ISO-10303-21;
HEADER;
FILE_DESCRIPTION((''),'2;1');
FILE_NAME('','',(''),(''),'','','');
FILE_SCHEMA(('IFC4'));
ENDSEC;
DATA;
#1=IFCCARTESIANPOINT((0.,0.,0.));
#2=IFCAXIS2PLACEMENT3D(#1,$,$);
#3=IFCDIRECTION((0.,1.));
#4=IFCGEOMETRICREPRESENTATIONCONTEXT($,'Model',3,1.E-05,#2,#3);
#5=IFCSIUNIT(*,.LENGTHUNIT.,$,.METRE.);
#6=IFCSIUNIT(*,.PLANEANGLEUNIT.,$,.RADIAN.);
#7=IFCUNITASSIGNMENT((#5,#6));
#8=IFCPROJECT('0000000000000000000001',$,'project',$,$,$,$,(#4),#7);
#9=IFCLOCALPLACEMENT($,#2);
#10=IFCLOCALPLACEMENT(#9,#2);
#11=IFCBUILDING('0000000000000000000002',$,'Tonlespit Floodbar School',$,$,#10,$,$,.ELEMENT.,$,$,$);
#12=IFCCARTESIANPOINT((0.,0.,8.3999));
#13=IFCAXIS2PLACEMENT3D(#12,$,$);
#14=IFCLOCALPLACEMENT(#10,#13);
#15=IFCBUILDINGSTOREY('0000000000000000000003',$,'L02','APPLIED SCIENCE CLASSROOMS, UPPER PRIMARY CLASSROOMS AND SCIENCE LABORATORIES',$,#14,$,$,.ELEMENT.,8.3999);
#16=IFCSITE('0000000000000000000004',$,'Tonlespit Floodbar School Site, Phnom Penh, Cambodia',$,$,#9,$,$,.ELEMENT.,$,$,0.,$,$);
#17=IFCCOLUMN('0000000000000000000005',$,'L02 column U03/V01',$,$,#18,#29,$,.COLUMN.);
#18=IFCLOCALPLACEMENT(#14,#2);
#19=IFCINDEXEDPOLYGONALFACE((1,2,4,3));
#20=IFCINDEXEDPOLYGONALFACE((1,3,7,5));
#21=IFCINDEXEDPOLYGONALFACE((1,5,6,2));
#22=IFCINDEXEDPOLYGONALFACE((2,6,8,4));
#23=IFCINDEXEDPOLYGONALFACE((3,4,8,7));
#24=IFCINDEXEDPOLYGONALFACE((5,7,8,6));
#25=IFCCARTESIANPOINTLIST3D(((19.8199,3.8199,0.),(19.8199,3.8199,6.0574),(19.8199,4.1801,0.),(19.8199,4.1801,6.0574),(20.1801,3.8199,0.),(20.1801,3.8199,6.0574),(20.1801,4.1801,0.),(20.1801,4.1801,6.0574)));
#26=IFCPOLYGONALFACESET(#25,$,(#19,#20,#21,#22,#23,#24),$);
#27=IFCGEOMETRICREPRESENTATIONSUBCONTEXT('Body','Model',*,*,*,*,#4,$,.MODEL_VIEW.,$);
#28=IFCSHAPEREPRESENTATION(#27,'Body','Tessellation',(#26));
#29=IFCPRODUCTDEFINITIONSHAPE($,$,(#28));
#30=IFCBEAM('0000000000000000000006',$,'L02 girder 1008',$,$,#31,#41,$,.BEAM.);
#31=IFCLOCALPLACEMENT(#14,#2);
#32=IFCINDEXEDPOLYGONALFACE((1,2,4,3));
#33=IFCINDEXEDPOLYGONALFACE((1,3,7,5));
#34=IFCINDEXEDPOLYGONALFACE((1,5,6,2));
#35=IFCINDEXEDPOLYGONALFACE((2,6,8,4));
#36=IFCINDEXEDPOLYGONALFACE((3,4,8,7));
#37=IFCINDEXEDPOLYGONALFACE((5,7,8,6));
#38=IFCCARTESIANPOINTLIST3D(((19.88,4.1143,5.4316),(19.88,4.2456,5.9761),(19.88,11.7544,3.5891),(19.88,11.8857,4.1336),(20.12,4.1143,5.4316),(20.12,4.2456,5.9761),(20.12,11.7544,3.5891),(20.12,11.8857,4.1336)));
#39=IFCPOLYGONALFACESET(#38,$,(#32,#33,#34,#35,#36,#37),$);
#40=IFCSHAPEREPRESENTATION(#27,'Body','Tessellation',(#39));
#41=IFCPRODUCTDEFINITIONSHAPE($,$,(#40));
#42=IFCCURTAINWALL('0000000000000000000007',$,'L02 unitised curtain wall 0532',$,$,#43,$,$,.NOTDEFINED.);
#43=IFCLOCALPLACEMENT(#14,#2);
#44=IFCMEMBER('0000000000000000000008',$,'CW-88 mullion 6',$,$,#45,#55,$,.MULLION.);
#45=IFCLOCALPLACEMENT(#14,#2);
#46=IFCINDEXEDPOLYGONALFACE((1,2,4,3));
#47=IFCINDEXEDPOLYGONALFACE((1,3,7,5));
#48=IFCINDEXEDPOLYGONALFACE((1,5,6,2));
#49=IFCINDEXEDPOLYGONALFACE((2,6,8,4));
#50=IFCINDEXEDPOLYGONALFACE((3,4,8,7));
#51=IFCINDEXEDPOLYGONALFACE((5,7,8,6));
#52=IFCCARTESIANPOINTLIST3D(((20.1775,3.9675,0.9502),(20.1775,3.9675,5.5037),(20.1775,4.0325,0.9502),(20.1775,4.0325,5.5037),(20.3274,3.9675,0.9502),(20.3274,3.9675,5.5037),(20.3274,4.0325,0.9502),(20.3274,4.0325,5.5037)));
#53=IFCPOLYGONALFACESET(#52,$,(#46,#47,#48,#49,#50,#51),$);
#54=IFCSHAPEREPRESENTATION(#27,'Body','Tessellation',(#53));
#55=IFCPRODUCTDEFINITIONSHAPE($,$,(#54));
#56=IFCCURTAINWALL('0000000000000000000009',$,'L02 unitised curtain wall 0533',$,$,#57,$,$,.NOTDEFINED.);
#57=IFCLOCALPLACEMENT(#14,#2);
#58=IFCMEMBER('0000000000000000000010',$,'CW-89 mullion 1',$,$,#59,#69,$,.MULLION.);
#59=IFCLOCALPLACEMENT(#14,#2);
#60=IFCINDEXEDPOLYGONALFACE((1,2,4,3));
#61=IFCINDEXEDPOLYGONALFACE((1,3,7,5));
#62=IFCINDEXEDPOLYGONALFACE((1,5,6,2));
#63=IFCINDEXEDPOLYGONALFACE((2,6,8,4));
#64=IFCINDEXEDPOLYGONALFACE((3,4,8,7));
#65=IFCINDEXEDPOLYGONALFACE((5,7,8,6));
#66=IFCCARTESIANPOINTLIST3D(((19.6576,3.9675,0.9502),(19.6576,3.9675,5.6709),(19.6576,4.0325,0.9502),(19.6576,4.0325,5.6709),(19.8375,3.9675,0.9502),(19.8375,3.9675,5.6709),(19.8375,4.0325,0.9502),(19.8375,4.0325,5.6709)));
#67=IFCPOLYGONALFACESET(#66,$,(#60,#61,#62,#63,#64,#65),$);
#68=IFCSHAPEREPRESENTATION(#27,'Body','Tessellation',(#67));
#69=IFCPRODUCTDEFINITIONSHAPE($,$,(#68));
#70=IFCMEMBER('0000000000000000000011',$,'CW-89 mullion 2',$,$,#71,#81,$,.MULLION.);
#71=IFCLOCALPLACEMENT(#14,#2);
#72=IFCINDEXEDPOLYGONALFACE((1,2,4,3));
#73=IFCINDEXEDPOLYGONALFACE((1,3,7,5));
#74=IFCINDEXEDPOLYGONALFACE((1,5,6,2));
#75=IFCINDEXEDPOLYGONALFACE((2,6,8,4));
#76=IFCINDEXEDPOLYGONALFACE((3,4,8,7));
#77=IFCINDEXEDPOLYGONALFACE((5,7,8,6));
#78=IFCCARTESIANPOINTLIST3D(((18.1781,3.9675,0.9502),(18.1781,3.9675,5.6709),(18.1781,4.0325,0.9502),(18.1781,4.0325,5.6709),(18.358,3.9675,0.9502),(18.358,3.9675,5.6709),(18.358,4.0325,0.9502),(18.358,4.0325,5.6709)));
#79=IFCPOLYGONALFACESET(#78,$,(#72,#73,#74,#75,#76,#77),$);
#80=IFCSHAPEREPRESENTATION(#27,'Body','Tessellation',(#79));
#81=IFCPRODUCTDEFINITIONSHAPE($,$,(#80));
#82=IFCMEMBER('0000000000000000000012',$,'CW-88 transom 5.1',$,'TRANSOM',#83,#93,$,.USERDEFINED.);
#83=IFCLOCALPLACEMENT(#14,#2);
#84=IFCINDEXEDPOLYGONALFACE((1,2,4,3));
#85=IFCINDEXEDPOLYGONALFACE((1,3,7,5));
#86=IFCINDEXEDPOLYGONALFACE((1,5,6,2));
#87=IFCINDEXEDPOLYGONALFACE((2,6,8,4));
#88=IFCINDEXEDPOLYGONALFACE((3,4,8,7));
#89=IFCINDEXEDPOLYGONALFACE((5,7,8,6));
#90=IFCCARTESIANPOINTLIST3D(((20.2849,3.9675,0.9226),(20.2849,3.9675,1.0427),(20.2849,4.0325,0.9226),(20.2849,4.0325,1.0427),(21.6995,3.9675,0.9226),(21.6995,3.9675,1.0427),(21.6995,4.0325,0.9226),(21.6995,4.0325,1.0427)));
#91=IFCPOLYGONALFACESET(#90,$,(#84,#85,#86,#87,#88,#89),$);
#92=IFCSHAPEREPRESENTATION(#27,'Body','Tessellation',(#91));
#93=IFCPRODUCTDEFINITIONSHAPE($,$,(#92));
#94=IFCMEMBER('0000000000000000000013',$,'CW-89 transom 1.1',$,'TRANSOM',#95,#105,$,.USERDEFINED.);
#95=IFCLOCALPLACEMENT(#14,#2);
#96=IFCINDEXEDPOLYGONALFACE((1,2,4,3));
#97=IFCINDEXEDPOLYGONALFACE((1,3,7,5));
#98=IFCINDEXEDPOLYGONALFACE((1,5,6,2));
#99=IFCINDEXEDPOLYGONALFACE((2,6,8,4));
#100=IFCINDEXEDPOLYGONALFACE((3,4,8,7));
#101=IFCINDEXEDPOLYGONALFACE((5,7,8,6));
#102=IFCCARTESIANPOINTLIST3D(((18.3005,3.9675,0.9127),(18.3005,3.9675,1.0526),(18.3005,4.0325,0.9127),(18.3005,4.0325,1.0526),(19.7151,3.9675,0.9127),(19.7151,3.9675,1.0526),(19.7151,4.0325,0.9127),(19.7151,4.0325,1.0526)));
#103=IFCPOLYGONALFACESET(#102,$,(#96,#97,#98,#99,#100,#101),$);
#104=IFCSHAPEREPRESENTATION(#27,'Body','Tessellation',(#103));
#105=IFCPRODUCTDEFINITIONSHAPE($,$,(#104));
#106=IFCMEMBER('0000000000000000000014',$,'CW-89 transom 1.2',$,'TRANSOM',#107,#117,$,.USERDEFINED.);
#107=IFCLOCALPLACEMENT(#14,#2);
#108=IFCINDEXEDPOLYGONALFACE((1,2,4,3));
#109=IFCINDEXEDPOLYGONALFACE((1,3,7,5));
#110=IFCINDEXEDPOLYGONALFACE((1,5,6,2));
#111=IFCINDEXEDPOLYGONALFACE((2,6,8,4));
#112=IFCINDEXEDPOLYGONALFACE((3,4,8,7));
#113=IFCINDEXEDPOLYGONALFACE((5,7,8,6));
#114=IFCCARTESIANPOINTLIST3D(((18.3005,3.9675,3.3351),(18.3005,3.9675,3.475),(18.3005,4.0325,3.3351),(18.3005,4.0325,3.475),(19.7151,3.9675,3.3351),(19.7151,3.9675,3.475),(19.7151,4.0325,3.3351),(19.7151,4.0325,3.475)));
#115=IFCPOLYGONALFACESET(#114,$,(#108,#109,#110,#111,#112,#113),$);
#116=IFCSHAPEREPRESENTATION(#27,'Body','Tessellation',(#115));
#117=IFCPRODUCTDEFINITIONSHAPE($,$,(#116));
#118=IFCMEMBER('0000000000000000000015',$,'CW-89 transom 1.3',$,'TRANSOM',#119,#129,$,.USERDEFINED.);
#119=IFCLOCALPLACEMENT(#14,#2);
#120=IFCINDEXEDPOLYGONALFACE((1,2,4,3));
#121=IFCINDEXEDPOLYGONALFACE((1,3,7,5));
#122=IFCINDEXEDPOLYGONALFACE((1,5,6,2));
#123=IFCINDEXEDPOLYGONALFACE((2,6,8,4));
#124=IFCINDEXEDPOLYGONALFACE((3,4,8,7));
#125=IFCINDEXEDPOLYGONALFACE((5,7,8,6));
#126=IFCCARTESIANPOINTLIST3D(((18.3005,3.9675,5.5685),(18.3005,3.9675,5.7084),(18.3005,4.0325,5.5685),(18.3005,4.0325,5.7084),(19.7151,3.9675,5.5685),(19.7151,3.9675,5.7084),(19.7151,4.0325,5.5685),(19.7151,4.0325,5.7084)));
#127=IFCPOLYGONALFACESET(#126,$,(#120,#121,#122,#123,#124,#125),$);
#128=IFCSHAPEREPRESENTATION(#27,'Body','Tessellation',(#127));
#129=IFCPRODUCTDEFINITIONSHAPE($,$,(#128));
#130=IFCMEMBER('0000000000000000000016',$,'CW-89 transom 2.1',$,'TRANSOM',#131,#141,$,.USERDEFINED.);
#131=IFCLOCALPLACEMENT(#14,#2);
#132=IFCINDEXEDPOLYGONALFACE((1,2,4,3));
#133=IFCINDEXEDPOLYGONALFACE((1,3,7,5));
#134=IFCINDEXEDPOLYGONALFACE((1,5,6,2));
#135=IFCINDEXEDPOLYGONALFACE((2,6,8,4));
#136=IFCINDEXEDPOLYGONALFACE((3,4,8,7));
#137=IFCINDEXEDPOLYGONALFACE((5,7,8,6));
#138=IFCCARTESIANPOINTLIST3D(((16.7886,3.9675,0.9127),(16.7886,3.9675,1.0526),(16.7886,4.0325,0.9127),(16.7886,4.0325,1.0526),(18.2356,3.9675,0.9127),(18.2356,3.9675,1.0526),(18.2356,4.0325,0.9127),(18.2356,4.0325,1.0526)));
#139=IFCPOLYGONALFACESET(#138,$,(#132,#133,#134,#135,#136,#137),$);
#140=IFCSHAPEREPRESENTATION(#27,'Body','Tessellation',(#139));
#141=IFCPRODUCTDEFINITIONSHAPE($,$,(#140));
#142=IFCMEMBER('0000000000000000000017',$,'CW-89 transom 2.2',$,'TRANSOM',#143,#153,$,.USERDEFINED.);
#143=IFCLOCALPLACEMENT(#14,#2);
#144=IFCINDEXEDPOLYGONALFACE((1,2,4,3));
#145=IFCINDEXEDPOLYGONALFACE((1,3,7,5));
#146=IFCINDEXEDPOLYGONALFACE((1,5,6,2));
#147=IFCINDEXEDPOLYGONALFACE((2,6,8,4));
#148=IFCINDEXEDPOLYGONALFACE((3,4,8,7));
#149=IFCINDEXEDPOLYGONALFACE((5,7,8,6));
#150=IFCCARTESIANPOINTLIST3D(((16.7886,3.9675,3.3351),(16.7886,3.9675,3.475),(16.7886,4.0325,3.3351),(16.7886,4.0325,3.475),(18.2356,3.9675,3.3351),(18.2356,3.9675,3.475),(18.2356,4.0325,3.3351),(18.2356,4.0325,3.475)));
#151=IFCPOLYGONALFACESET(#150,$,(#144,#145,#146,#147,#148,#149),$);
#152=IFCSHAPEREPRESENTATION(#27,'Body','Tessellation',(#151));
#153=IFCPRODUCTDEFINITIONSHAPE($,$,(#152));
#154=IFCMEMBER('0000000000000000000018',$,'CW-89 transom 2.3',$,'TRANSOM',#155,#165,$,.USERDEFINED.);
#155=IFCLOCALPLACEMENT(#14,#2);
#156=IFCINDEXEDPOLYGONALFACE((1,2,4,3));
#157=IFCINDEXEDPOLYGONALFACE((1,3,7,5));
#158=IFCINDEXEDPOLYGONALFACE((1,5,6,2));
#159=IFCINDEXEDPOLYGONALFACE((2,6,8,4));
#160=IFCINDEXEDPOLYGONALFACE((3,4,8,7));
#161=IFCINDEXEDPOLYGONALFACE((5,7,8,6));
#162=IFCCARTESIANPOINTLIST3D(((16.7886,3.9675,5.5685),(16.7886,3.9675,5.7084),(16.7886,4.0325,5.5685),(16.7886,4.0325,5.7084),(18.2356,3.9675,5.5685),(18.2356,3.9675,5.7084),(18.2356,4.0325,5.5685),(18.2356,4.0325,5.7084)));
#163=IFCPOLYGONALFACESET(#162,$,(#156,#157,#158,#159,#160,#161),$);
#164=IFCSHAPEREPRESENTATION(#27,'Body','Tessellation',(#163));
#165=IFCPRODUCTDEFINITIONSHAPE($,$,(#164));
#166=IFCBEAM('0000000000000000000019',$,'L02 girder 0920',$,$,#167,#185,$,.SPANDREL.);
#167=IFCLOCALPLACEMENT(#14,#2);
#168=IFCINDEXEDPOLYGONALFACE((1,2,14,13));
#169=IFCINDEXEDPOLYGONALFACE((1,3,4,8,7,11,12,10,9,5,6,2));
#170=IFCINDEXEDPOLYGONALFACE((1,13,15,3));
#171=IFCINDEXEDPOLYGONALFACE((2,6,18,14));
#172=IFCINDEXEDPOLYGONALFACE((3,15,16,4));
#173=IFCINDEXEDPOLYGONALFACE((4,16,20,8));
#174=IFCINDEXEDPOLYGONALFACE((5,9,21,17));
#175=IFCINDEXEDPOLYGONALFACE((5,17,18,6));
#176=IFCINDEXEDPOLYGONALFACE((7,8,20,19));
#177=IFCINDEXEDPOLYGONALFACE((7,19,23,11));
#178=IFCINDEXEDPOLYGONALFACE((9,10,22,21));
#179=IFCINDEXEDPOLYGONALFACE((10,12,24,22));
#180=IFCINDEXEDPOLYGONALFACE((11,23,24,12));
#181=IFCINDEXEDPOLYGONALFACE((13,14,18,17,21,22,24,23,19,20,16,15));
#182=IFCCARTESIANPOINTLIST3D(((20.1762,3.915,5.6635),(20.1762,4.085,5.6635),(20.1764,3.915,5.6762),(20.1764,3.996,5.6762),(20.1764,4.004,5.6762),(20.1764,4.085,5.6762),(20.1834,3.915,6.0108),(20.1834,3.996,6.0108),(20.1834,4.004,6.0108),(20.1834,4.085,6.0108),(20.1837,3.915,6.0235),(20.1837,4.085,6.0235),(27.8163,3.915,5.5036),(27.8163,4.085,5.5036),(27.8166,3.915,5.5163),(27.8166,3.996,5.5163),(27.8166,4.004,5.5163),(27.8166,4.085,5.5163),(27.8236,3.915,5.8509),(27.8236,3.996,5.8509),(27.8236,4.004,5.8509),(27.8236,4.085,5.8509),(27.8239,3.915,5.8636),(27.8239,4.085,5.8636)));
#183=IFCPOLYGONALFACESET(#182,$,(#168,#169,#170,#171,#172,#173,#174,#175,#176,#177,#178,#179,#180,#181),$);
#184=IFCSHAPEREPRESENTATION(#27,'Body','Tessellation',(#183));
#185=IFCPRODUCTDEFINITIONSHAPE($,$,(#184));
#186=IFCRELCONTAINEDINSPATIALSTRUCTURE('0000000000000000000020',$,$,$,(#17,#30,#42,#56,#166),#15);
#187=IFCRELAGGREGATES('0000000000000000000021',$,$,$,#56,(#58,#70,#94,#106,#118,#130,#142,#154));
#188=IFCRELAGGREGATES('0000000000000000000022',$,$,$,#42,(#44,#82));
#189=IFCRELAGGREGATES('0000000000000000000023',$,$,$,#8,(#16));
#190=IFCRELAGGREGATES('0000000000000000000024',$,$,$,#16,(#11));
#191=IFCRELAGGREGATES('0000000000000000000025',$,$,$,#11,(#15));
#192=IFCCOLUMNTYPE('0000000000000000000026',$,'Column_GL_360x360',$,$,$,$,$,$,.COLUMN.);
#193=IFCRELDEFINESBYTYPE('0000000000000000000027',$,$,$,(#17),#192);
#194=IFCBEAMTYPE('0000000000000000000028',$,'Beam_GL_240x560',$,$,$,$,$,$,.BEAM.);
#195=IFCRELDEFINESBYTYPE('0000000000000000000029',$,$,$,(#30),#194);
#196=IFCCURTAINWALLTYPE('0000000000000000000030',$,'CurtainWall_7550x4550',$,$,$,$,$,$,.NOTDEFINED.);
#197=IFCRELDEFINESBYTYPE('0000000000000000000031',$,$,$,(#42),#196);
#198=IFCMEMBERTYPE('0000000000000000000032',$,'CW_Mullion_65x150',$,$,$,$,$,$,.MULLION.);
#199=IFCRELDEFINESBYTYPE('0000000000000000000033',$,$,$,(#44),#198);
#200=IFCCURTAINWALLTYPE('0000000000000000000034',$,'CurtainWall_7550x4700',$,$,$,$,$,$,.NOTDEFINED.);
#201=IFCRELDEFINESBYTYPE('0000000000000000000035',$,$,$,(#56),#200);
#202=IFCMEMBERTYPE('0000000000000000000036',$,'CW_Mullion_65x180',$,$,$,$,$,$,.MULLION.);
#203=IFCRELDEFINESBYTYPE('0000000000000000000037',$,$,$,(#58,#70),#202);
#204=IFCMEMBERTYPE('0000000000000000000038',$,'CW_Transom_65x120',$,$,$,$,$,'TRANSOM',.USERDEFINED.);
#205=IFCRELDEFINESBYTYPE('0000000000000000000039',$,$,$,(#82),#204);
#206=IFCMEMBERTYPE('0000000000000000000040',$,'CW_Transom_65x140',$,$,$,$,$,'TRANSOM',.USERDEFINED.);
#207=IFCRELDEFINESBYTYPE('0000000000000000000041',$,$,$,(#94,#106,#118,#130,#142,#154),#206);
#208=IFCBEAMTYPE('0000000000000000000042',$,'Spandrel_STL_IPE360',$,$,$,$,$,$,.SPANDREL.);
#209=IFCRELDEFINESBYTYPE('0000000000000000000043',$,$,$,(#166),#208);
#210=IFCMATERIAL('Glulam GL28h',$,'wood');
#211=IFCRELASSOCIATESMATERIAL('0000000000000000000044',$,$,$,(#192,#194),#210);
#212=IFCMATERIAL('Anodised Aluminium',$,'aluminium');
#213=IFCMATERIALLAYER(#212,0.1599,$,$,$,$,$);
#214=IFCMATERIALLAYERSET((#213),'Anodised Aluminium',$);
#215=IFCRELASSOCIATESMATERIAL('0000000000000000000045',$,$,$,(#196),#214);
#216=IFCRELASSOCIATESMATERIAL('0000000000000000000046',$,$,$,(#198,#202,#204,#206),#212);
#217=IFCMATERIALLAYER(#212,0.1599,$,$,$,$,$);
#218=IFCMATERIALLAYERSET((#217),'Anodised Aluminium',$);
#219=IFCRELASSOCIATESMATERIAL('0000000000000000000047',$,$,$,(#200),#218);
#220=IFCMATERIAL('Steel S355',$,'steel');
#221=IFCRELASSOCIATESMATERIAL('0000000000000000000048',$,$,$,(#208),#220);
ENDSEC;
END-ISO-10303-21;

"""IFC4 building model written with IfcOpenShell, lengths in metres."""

from ifc_helpers import new_model, si_unit, direction, frame, origin, origin_2d, place, context, subcontext, project, spatial, rectangle, i_section, extrude, material, layer, layer_set, material_profile, profile_set, type_object, element, aggregate, save


model = new_model("IFC4")

# Units and contexts
model_context = context("Model", 3, precision=1e-05, world=origin(), true_north=direction((0.0, 1.0)))
body_context = subcontext(model_context, "Body", "Model", "MODEL_VIEW")
ifc_project = project(units=[si_unit("LENGTHUNIT", "METRE"), si_unit("PLANEANGLEUNIT", "RADIAN")], contexts=[model_context])

# Site, building, storey
site_placement = place(None, origin())
site = spatial("IfcSite", under=ifc_project, at=site_placement, Name="Tonlespit Floodbar School Site, Phnom Penh, Cambodia", CompositionType="ELEMENT", RefElevation=0.0)
building_placement = place(site_placement, origin())
building = spatial("IfcBuilding", under=site, at=building_placement, Name="Tonlespit Floodbar School", CompositionType="ELEMENT")
storey_placement = place(building_placement, frame((0.0, 0.0, 8.3999)))
storey = spatial("IfcBuildingStorey", under=building, at=storey_placement, Name="L02", Description="APPLIED SCIENCE CLASSROOMS, UPPER PRIMARY CLASSROOMS AND SCIENCE LABORATORIES", CompositionType="ELEMENT", Elevation=8.3999)

# Column
ifc_material_1 = material(Name="Glulam GL28h", Category="wood")
ifc_material_profile_1 = material_profile(ifc_material_1, rectangle(XDim=0.3601, YDim=0.3601, at=origin_2d()), Name="GL 360x360")
ifc_profile_set_1 = profile_set([ifc_material_profile_1], Name="Glulam GL28h")
column_type = type_object("IfcColumnType", Name="Column_GL_360x360", PredefinedType="COLUMN", material=ifc_profile_set_1)
column_placement = place(storey_placement, frame((20.0, 4.0, 0.0), z_axis=(0.0, 0.0, 1.0), x_axis=(1.0, 0.0, 0.0)))
element("IfcColumn", 1, at=column_placement, inside=storey, type_object=column_type, Name="L02 column U03/V01", PredefinedType="COLUMN", context=body_context, shape_type="SweptSolid", body=[
    extrude(rectangle(XDim=0.3601, YDim=0.3601, at=origin_2d()), origin(), (0.0, 0.0, 1.0), 6.0574),
])

# Beam
ifc_material_profile_2 = material_profile(ifc_material_1, rectangle(XDim=0.24, YDim=0.5601, at=origin_2d()), Name="GL 240x560")
ifc_profile_set_2 = profile_set([ifc_material_profile_2], Name="Glulam GL28h")
beam_type_1 = type_object("IfcBeamType", Name="Beam_GL_240x560", PredefinedType="BEAM", material=ifc_profile_set_2)
beam_1_placement = place(storey_placement, frame((20.0, 4.1799, 5.7039), z_axis=(0.0, 0.97213, -0.234443), x_axis=(-1.0, 0.0, 0.0)))
element("IfcBeam", 2, at=beam_1_placement, inside=storey, type_object=beam_type_1, Name="L02 girder 1008", PredefinedType="BEAM", context=body_context, shape_type="SweptSolid", body=[
    extrude(rectangle(XDim=0.24, YDim=0.5601, at=origin_2d()), origin(), (0.0, 0.0, 1.0), 7.8591),
])

# Curtain wall, member
ifc_material_2 = material(Name="Anodised Aluminium", Category="aluminium")
ifc_layer_1 = layer(ifc_material_2, 0.1599)
ifc_layer_set_1 = layer_set([ifc_layer_1], Name="Anodised Aluminium")
curtain_wall_type_1 = type_object("IfcCurtainWallType", Name="CurtainWall_7550x4550", PredefinedType="NOTDEFINED", material=ifc_layer_set_1)
curtain_wall_1_placement = place(storey_placement, origin())
curtain_wall_1 = element("IfcCurtainWall", 3, at=curtain_wall_1_placement, inside=storey, type_object=curtain_wall_type_1, Name="L02 unitised curtain wall 0532", PredefinedType="NOTDEFINED")
ifc_material_profile_3 = material_profile(ifc_material_2, rectangle(XDim=0.0649, YDim=0.1499, at=origin_2d()), Name="ALU M65x150")
ifc_profile_set_3 = profile_set([ifc_material_profile_3], Name="Anodised Aluminium")
member_type_1 = type_object("IfcMemberType", Name="CW_Mullion_65x150", PredefinedType="MULLION", material=ifc_profile_set_3)
member_1_placement = place(storey_placement, frame((20.2524, 4.0, 0.9502), z_axis=(0.0, 0.0, 1.0), x_axis=(0.0, -1.0, 0.0)))
member_1 = element("IfcMember", 4, at=member_1_placement, type_object=member_type_1, Name="CW-88 mullion 6", PredefinedType="MULLION", context=body_context, shape_type="SweptSolid", body=[
    extrude(rectangle(XDim=0.0649, YDim=0.1499, at=origin_2d()), origin(), (0.0, 0.0, 1.0), 4.5535),
])

# Curtain wall, members
ifc_layer_2 = layer(ifc_material_2, 0.1599)
ifc_layer_set_2 = layer_set([ifc_layer_2], Name="Anodised Aluminium")
curtain_wall_type_2 = type_object("IfcCurtainWallType", Name="CurtainWall_7550x4700", PredefinedType="NOTDEFINED", material=ifc_layer_set_2)
curtain_wall_2_placement = place(storey_placement, origin())
curtain_wall_2 = element("IfcCurtainWall", 5, at=curtain_wall_2_placement, inside=storey, type_object=curtain_wall_type_2, Name="L02 unitised curtain wall 0533", PredefinedType="NOTDEFINED")
ifc_material_profile_4 = material_profile(ifc_material_2, rectangle(XDim=0.0649, YDim=0.1799, at=origin_2d()), Name="ALU M65x180")
ifc_profile_set_4 = profile_set([ifc_material_profile_4], Name="Anodised Aluminium")
member_type_2 = type_object("IfcMemberType", Name="CW_Mullion_65x180", PredefinedType="MULLION", material=ifc_profile_set_4)
member_2_placement = place(storey_placement, frame((19.7476, 4.0, 0.9502), z_axis=(0.0, 0.0, 1.0), x_axis=(0.0, -1.0, 0.0)))
member_2 = element("IfcMember", 6, at=member_2_placement, type_object=member_type_2, Name="CW-89 mullion 1", PredefinedType="MULLION", context=body_context, shape_type="SweptSolid", body=[
    extrude(rectangle(XDim=0.0649, YDim=0.1799, at=origin_2d()), origin(), (0.0, 0.0, 1.0), 4.7207),
])
member_3_placement = place(storey_placement, frame((18.2681, 4.0, 0.9502), z_axis=(0.0, 0.0, 1.0), x_axis=(0.0, -1.0, 0.0)))
member_3 = element("IfcMember", 7, at=member_3_placement, type_object=member_type_2, Name="CW-89 mullion 2", PredefinedType="MULLION", context=body_context, shape_type="SweptSolid", body=[
    extrude(rectangle(XDim=0.0649, YDim=0.1799, at=origin_2d()), origin(), (0.0, 0.0, 1.0), 4.7207),
])

# Members
ifc_material_profile_5 = material_profile(ifc_material_2, rectangle(XDim=0.0649, YDim=0.1201, at=origin_2d()), Name="ALU T65x120")
ifc_profile_set_5 = profile_set([ifc_material_profile_5], Name="Anodised Aluminium")
member_type_3 = type_object("IfcMemberType", Name="CW_Transom_65x120", ElementType="TRANSOM", PredefinedType="USERDEFINED", material=ifc_profile_set_5)
member_4_placement = place(storey_placement, frame((21.6995, 4.0, 0.9827), z_axis=(-1.0, 0.0, 0.0), x_axis=(0.0, -1.0, 0.0)))
member_4 = element("IfcMember", 8, at=member_4_placement, type_object=member_type_3, Name="CW-88 transom 5.1", ObjectType="TRANSOM", PredefinedType="USERDEFINED", context=body_context, shape_type="SweptSolid", body=[
    extrude(rectangle(XDim=0.0649, YDim=0.1201, at=origin_2d()), origin(), (0.0, 0.0, 1.0), 1.4146),
])
ifc_material_profile_6 = material_profile(ifc_material_2, rectangle(XDim=0.0649, YDim=0.1399, at=origin_2d()), Name="ALU T65x140")
ifc_profile_set_6 = profile_set([ifc_material_profile_6], Name="Anodised Aluminium")
member_type_4 = type_object("IfcMemberType", Name="CW_Transom_65x140", ElementType="TRANSOM", PredefinedType="USERDEFINED", material=ifc_profile_set_6)
member_5_placement = place(storey_placement, frame((19.7151, 4.0, 0.9827), z_axis=(-1.0, 0.0, 0.0), x_axis=(0.0, -1.0, 0.0)))
member_5 = element("IfcMember", 9, at=member_5_placement, type_object=member_type_4, Name="CW-89 transom 1.1", ObjectType="TRANSOM", PredefinedType="USERDEFINED", context=body_context, shape_type="SweptSolid", body=[
    extrude(rectangle(XDim=0.0649, YDim=0.1399, at=origin_2d()), origin(), (0.0, 0.0, 1.0), 1.4146),
])
member_6_placement = place(storey_placement, frame((19.7151, 4.0, 3.405), z_axis=(-1.0, 0.0, 0.0), x_axis=(0.0, -1.0, 0.0)))
member_6 = element("IfcMember", 10, at=member_6_placement, type_object=member_type_4, Name="CW-89 transom 1.2", ObjectType="TRANSOM", PredefinedType="USERDEFINED", context=body_context, shape_type="SweptSolid", body=[
    extrude(rectangle(XDim=0.0649, YDim=0.1399, at=origin_2d()), origin(), (0.0, 0.0, 1.0), 1.4146),
])
member_7_placement = place(storey_placement, frame((19.7151, 4.0, 5.6384), z_axis=(-1.0, 0.0, 0.0), x_axis=(0.0, -1.0, 0.0)))
member_7 = element("IfcMember", 11, at=member_7_placement, type_object=member_type_4, Name="CW-89 transom 1.3", ObjectType="TRANSOM", PredefinedType="USERDEFINED", context=body_context, shape_type="SweptSolid", body=[
    extrude(rectangle(XDim=0.0649, YDim=0.1399, at=origin_2d()), origin(), (0.0, 0.0, 1.0), 1.4146),
])
member_8_placement = place(storey_placement, frame((18.2356, 4.0, 0.9827), z_axis=(-1.0, 0.0, 0.0), x_axis=(0.0, -1.0, 0.0)))
member_8 = element("IfcMember", 12, at=member_8_placement, type_object=member_type_4, Name="CW-89 transom 2.1", ObjectType="TRANSOM", PredefinedType="USERDEFINED", context=body_context, shape_type="SweptSolid", body=[
    extrude(rectangle(XDim=0.0649, YDim=0.1399, at=origin_2d()), origin(), (0.0, 0.0, 1.0), 1.447),
])
member_9_placement = place(storey_placement, frame((18.2356, 4.0, 3.405), z_axis=(-1.0, 0.0, 0.0), x_axis=(0.0, -1.0, 0.0)))
member_9 = element("IfcMember", 13, at=member_9_placement, type_object=member_type_4, Name="CW-89 transom 2.2", ObjectType="TRANSOM", PredefinedType="USERDEFINED", context=body_context, shape_type="SweptSolid", body=[
    extrude(rectangle(XDim=0.0649, YDim=0.1399, at=origin_2d()), origin(), (0.0, 0.0, 1.0), 1.447),
])
member_10_placement = place(storey_placement, frame((18.2356, 4.0, 5.6384), z_axis=(-1.0, 0.0, 0.0), x_axis=(0.0, -1.0, 0.0)))
member_10 = element("IfcMember", 14, at=member_10_placement, type_object=member_type_4, Name="CW-89 transom 2.3", ObjectType="TRANSOM", PredefinedType="USERDEFINED", context=body_context, shape_type="SweptSolid", body=[
    extrude(rectangle(XDim=0.0649, YDim=0.1399, at=origin_2d()), origin(), (0.0, 0.0, 1.0), 1.447),
])

# Beam
ifc_material_3 = material(Name="Steel S355", Category="steel")
ifc_material_profile_7 = material_profile(ifc_material_3, i_section(OverallWidth=0.1699, OverallDepth=0.3601, WebThickness=0.0081, FlangeThickness=0.0127, at=origin_2d()), Name="IPE 360")
ifc_profile_set_7 = profile_set([ifc_material_profile_7], Name="Steel S355")
beam_type_2 = type_object("IfcBeamType", Name="Spandrel_STL_IPE360", PredefinedType="SPANDREL", material=ifc_profile_set_7)
beam_2_placement = place(storey_placement, frame((20.1799, 4.0, 5.8435), z_axis=(0.999781, 0.0, -0.020926), x_axis=(0.0, 1.0, 0.0)))
element("IfcBeam", 15, at=beam_2_placement, inside=storey, type_object=beam_type_2, Name="L02 girder 0920", PredefinedType="SPANDREL", context=body_context, shape_type="SweptSolid", body=[
    extrude(i_section(OverallWidth=0.1699, OverallDepth=0.3601, WebThickness=0.0081, FlangeThickness=0.0127, at=origin_2d()), origin(), (0.0, 0.0, 1.0), 7.6418),
])

aggregate(curtain_wall_2, [member_2, member_3, member_5, member_6, member_7, member_8, member_9, member_10])
aggregate(curtain_wall_1, [member_1, member_4])

save(model, "model.ifc")
